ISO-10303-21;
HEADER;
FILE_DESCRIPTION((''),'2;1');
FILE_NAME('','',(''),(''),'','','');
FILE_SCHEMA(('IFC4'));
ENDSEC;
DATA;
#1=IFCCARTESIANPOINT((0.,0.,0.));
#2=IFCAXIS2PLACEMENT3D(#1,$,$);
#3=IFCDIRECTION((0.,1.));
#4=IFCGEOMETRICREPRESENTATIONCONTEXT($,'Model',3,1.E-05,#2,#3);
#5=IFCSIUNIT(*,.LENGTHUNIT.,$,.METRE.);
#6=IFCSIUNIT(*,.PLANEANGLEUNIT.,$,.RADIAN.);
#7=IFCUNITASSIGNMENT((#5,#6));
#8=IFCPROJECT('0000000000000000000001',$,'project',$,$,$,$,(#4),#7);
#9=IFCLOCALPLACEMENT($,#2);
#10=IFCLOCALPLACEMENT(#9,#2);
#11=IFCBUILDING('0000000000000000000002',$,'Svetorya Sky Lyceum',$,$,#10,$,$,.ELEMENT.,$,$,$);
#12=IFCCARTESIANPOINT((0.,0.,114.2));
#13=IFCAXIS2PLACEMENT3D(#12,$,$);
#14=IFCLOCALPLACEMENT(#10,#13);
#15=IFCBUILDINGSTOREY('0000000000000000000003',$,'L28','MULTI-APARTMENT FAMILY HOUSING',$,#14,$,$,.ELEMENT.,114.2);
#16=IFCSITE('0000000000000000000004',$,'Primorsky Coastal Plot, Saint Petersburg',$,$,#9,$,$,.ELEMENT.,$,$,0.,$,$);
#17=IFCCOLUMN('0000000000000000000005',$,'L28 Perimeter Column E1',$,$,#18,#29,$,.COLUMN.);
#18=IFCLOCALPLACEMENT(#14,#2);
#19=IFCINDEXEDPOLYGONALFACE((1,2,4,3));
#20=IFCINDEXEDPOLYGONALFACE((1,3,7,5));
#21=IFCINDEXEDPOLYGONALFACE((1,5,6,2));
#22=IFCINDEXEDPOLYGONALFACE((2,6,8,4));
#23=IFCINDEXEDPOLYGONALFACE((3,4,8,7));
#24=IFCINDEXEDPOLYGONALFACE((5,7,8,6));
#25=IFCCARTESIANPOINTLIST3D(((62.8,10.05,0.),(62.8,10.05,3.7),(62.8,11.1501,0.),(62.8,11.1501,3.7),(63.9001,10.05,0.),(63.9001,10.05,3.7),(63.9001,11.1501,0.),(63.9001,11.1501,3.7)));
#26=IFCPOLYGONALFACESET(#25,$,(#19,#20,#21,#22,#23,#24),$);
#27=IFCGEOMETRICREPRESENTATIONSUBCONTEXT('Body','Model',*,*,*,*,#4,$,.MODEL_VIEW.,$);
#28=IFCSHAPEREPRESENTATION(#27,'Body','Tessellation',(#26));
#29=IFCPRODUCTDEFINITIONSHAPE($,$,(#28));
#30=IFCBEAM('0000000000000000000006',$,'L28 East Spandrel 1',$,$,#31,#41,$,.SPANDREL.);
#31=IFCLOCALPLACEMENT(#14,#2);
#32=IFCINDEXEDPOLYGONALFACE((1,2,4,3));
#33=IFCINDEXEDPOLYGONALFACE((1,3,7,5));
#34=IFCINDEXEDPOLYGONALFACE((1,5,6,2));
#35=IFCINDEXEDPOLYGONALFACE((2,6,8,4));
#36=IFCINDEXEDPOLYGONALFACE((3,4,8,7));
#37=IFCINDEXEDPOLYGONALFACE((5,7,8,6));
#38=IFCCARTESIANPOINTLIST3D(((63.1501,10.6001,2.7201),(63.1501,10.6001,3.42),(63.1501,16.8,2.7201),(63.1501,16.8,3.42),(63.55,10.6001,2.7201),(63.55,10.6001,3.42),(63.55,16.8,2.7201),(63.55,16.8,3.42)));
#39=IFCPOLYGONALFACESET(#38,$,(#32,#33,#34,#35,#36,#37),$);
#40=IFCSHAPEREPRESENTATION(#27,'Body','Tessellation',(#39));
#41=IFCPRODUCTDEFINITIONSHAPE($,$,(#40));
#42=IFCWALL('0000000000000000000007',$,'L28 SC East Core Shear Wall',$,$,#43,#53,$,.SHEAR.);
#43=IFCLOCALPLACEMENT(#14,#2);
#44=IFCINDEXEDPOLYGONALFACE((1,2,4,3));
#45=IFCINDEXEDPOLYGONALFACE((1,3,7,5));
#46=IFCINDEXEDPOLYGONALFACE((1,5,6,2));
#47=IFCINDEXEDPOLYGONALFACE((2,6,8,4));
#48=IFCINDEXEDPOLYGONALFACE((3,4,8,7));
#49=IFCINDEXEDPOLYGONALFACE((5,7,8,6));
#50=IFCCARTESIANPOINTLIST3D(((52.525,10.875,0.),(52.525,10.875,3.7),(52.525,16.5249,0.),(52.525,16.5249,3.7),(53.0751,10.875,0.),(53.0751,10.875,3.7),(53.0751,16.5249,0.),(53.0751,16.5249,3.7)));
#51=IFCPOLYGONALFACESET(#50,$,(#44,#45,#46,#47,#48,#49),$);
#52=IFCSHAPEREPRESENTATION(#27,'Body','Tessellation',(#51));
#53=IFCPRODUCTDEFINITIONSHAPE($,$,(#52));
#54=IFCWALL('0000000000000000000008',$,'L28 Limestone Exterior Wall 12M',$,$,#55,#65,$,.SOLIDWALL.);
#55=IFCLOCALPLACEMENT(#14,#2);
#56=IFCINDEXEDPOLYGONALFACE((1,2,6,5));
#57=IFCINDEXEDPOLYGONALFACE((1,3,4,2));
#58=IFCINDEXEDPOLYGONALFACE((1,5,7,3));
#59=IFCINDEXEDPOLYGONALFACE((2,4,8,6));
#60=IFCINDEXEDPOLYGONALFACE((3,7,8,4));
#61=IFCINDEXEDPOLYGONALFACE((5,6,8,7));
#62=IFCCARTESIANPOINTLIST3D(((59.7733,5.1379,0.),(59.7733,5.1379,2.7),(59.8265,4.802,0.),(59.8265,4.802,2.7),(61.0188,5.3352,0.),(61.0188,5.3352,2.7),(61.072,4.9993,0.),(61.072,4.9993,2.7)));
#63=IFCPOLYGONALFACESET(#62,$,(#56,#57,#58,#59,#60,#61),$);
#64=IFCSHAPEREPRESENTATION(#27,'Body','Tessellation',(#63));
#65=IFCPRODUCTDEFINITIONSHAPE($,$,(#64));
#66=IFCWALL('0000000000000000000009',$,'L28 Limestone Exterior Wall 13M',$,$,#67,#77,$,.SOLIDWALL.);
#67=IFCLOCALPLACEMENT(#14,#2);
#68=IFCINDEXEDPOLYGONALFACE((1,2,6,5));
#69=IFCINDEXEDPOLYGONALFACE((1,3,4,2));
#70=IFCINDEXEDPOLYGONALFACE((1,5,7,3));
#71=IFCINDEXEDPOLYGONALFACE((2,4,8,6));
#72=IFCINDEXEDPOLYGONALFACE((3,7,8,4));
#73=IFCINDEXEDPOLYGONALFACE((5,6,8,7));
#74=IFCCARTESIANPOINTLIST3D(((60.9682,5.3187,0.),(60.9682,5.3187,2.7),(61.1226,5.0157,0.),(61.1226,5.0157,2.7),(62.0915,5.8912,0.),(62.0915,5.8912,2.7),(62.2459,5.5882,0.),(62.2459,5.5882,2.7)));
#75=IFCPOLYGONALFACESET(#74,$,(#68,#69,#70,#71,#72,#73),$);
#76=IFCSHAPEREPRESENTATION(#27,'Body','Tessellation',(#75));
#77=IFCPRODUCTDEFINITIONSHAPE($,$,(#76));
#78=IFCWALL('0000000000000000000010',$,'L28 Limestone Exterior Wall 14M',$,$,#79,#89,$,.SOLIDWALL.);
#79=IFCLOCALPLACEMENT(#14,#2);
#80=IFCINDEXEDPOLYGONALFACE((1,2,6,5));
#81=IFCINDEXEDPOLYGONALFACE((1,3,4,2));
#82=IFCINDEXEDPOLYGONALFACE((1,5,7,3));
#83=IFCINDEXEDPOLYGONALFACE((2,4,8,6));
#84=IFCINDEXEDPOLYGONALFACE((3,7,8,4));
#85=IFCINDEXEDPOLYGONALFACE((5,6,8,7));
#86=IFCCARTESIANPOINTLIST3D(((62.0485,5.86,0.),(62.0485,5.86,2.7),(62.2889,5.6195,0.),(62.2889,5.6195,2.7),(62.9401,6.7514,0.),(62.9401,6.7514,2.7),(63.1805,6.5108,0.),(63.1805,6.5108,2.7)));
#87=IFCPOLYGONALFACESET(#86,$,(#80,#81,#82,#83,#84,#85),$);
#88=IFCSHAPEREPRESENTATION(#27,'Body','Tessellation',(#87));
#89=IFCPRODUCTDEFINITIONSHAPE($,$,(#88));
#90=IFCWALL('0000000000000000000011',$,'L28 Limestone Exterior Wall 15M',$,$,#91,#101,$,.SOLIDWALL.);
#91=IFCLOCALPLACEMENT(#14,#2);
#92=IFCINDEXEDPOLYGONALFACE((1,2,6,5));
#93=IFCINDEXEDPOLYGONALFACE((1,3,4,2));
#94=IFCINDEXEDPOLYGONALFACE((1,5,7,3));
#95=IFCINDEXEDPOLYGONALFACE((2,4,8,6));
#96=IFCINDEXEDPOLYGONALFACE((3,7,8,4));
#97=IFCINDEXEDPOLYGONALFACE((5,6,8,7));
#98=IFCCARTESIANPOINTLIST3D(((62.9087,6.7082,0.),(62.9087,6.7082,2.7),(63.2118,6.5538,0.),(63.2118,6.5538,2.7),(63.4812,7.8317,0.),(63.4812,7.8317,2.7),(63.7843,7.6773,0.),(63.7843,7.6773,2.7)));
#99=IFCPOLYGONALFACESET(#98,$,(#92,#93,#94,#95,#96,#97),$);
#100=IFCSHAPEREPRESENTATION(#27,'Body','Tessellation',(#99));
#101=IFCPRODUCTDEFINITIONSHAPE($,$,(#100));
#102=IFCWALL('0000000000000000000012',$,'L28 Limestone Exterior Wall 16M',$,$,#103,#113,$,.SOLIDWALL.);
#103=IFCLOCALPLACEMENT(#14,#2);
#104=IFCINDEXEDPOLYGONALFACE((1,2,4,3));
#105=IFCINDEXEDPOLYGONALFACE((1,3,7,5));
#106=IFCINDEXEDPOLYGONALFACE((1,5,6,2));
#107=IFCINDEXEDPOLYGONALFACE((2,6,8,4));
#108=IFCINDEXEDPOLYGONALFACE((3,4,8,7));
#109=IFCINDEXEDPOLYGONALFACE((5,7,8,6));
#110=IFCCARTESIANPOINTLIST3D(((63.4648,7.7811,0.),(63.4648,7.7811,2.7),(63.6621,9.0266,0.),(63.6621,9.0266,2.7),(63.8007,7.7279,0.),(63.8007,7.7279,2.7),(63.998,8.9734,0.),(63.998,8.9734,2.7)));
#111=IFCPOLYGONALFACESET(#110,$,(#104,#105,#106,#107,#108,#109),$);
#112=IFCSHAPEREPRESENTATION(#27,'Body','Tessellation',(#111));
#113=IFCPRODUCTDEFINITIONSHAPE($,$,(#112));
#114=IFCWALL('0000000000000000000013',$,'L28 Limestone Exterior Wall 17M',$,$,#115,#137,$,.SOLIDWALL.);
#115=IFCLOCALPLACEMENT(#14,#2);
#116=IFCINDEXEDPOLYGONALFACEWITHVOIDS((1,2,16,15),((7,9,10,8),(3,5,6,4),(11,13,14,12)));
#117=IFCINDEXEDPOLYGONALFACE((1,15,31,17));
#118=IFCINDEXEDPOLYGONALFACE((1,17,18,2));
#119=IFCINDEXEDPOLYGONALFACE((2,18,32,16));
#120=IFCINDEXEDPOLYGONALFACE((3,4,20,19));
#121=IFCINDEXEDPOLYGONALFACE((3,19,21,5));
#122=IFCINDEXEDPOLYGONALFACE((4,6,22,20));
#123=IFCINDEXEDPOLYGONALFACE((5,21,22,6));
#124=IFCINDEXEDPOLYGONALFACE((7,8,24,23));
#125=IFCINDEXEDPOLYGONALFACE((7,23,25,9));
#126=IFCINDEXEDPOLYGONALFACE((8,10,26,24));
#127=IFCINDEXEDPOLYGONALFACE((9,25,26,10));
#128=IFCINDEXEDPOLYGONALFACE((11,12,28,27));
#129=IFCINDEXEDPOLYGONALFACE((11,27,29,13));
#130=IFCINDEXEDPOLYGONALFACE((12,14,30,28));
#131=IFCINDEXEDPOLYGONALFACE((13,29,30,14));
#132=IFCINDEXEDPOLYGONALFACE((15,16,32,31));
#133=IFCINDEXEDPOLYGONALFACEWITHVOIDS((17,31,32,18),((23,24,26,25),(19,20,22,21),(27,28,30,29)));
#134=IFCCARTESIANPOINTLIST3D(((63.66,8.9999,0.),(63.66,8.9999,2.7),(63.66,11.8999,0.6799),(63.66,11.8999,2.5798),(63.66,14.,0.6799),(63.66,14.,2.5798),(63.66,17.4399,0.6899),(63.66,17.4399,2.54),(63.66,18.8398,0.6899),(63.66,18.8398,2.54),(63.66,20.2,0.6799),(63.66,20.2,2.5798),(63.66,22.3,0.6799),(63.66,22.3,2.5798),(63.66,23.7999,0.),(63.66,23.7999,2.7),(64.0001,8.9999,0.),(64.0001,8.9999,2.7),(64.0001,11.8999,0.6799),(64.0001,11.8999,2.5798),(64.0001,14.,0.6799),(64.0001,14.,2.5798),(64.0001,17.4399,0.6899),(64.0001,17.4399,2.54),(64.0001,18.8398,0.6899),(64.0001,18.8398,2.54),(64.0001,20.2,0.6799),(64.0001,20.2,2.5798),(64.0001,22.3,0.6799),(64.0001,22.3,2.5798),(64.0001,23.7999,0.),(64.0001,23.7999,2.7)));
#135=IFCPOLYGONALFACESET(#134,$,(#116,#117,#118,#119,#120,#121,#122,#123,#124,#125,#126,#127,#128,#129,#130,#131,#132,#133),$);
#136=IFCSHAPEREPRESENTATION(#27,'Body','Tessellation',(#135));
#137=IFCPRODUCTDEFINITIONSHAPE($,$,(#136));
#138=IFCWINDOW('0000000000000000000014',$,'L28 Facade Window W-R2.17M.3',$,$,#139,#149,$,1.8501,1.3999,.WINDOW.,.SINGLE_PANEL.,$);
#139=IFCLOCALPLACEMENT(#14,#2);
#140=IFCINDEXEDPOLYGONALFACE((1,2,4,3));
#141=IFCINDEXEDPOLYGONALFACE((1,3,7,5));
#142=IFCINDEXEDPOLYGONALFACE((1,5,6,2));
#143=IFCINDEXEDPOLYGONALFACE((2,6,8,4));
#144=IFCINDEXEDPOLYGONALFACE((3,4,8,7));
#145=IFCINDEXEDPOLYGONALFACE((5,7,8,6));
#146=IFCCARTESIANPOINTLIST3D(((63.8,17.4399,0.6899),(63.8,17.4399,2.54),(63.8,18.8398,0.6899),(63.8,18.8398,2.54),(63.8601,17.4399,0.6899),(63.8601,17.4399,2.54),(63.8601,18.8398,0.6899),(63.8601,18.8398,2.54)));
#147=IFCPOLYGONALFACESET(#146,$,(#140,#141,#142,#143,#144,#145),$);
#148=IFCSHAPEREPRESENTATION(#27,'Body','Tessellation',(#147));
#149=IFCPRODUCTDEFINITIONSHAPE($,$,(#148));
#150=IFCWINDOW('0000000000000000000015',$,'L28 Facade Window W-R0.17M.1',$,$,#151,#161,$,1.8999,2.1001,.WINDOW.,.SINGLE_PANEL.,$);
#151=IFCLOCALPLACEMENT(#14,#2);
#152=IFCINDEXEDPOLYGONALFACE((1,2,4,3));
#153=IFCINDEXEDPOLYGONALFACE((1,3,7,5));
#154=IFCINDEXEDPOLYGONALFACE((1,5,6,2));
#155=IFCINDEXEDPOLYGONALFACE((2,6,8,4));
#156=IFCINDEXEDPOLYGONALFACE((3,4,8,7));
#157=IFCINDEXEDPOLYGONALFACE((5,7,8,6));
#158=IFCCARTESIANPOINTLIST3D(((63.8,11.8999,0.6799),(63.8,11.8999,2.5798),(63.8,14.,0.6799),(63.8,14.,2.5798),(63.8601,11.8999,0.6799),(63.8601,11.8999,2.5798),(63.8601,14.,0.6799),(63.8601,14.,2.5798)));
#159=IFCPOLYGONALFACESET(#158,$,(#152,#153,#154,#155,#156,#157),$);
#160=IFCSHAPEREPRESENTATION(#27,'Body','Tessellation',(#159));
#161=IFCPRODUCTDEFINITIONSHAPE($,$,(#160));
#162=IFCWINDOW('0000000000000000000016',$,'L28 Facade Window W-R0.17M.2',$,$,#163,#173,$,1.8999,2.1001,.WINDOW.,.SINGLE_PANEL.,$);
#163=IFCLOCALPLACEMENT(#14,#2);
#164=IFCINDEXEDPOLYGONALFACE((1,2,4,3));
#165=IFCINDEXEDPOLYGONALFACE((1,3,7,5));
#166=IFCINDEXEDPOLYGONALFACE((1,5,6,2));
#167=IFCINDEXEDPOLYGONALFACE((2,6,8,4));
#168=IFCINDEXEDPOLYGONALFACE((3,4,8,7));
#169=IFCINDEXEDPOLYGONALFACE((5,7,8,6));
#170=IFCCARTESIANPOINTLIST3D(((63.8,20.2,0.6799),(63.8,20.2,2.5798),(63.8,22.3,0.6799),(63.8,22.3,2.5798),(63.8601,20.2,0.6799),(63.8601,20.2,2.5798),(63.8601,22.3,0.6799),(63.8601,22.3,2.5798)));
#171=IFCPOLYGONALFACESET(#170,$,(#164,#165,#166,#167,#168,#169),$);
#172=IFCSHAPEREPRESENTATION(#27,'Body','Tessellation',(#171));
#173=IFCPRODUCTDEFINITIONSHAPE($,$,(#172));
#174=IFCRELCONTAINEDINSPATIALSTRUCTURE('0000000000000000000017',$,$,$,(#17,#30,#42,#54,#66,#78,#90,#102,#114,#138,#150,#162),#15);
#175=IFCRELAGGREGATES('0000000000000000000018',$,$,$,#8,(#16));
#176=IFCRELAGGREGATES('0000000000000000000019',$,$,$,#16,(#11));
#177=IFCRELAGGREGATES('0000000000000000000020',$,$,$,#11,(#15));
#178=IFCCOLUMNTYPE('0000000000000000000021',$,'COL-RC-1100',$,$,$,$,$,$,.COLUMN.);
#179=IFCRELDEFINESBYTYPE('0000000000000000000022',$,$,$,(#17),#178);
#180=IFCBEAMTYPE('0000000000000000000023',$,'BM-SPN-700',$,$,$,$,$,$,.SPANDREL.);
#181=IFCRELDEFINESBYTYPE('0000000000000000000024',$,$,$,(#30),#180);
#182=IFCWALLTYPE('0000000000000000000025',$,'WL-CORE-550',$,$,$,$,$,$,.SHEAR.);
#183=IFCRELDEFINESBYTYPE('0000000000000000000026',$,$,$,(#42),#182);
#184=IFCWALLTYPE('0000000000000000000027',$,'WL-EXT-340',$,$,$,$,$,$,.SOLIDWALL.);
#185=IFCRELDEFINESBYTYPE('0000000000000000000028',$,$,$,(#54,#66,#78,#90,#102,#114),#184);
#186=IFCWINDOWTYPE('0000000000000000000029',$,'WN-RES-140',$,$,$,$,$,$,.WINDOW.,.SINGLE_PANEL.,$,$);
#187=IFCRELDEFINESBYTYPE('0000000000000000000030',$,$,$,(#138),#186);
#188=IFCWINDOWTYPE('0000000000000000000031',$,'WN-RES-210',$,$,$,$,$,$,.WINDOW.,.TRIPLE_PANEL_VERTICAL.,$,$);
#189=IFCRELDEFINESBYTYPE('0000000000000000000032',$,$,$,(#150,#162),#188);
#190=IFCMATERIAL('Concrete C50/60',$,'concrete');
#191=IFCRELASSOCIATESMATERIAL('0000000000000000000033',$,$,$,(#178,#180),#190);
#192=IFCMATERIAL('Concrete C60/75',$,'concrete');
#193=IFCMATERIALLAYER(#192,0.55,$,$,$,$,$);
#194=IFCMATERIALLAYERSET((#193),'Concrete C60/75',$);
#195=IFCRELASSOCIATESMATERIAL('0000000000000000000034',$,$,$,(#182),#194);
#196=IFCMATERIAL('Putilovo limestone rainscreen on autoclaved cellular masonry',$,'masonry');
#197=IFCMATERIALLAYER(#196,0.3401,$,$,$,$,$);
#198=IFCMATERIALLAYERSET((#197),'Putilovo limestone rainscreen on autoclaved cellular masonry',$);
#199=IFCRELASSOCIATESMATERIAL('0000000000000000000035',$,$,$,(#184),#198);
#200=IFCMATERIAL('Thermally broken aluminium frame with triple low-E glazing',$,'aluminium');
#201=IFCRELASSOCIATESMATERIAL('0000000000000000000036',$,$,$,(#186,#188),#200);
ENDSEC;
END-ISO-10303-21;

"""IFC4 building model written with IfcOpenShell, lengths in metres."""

from ifc_helpers import new_model, si_unit, direction, frame, frame_2d, origin, origin_2d, place, context, subcontext, project, spatial, rectangle, extrude, material, layer, layer_set, material_profile, profile_set, type_object, element, fill, save


model = new_model("IFC4")

# Units and contexts
model_context = context("Model", 3, precision=1e-05, world=origin(), true_north=direction((0.0, 1.0)))
body_context = subcontext(model_context, "Body", "Model", "MODEL_VIEW")
ifc_project = project(units=[si_unit("LENGTHUNIT", "METRE"), si_unit("PLANEANGLEUNIT", "RADIAN")], contexts=[model_context])

# Site, building, storey
site_placement = place(None, origin())
site = spatial("IfcSite", under=ifc_project, at=site_placement, Name="Primorsky Coastal Plot, Saint Petersburg", CompositionType="ELEMENT", RefElevation=0.0)
building_placement = place(site_placement, origin())
building = spatial("IfcBuilding", under=site, at=building_placement, Name="Svetorya Sky Lyceum", CompositionType="ELEMENT")
storey_placement = place(building_placement, frame((0.0, 0.0, 114.2)))
storey = spatial("IfcBuildingStorey", under=building, at=storey_placement, Name="L28", Description="MULTI-APARTMENT FAMILY HOUSING", CompositionType="ELEMENT", Elevation=114.2)

# Column
ifc_material_1 = material(Name="Concrete C50/60", Category="concrete")
ifc_material_profile_1 = material_profile(ifc_material_1, rectangle(XDim=1.1001, YDim=1.1001, at=origin_2d()), Name="RC COL 1100x1100")
ifc_profile_set_1 = profile_set([ifc_material_profile_1], Name="Concrete C50/60")
column_type = type_object("IfcColumnType", Name="COL-RC-1100", PredefinedType="COLUMN", material=ifc_profile_set_1)
column_placement = place(storey_placement, frame((63.3501, 10.6001, 0.0), z_axis=(0.0, 0.0, 1.0), x_axis=(1.0, 0.0, 0.0)))
element("IfcColumn", 1, at=column_placement, inside=storey, type_object=column_type, Name="L28 Perimeter Column E1", PredefinedType="COLUMN", context=body_context, shape_type="SweptSolid", body=[
    extrude(rectangle(XDim=1.1001, YDim=1.1001, at=origin_2d()), origin(), (0.0, 0.0, 1.0), 3.7),
])

# Beam
ifc_material_profile_2 = material_profile(ifc_material_1, rectangle(XDim=0.3999, YDim=0.7, at=origin_2d()), Name="RC SPANDREL 400x700")
ifc_profile_set_2 = profile_set([ifc_material_profile_2], Name="Concrete C50/60")
beam_type = type_object("IfcBeamType", Name="BM-SPN-700", PredefinedType="SPANDREL", material=ifc_profile_set_2)
beam_placement = place(storey_placement, frame((63.3501, 10.6001, 3.0701), z_axis=(0.0, 1.0, 0.0), x_axis=(-1.0, 0.0, 0.0)))
element("IfcBeam", 2, at=beam_placement, inside=storey, type_object=beam_type, Name="L28 East Spandrel 1", PredefinedType="SPANDREL", context=body_context, shape_type="SweptSolid", body=[
    extrude(rectangle(XDim=0.3999, YDim=0.7, at=origin_2d()), origin(), (0.0, 0.0, 1.0), 6.2),
])

# Walls
ifc_material_2 = material(Name="Concrete C60/75", Category="concrete")
ifc_layer_1 = layer(ifc_material_2, 0.55)
ifc_layer_set_1 = layer_set([ifc_layer_1], Name="Concrete C60/75")
wall_type_1 = type_object("IfcWallType", Name="WL-CORE-550", PredefinedType="SHEAR", material=ifc_layer_set_1)
wall_1_placement = place(storey_placement, frame((52.8, 10.875, 0.0), z_axis=(0.0, 0.0, 1.0), x_axis=(0.0, 1.0, 0.0)))
element("IfcWall", 3, at=wall_1_placement, inside=storey, type_object=wall_type_1, Name="L28 SC East Core Shear Wall", PredefinedType="SHEAR", context=body_context, shape_type="SweptSolid", body=[
    extrude(rectangle(XDim=5.6499, YDim=0.55, at=frame_2d((2.825, 0.0))), origin(), (0.0, 0.0, 1.0), 3.7),
])
ifc_material_3 = material(Name="Putilovo limestone rainscreen on autoclaved cellular masonry", Category="masonry")
ifc_layer_2 = layer(ifc_material_3, 0.3401)
ifc_layer_set_2 = layer_set([ifc_layer_2], Name="Putilovo limestone rainscreen on autoclaved cellular masonry")
wall_type_2 = type_object("IfcWallType", Name="WL-EXT-340", PredefinedType="SOLIDWALL", material=ifc_layer_set_2)
wall_2_placement = place(storey_placement, frame((59.8, 4.97, 0.0), z_axis=(0.0, 0.0, 1.0), x_axis=(0.987686, 0.15645, 0.0)))
element("IfcWall", 4, at=wall_2_placement, inside=storey, type_object=wall_type_2, Name="L28 Limestone Exterior Wall 12M", PredefinedType="SOLIDWALL", context=body_context, shape_type="SweptSolid", body=[
    extrude(rectangle(XDim=1.261, YDim=0.3401, at=frame_2d((0.6304, 0.0))), origin(), (0.0, 0.0, 1.0), 2.7),
])
for number, where, z_axis, x_axis, name in (
    (5, (61.0454, 5.1672, 0.0), (0.0, 0.0, 1.0), (0.890954, 0.454094, 0.0), "L28 Limestone Exterior Wall 13M"),
    (6, (62.1687, 5.7397, 0.0), (0.0, 0.0, 1.0), (0.707204, 0.70701, 0.0), "L28 Limestone Exterior Wall 14M"),
):
    element("IfcWall", number, at=place(storey_placement, frame(where, z_axis=z_axis, x_axis=x_axis)), inside=storey, type_object=wall_type_2, Name=name, PredefinedType="SOLIDWALL", context=body_context, shape_type="SweptSolid", body=[
        extrude(rectangle(XDim=1.2607, YDim=0.3401, at=frame_2d((0.6304, 0.0))), origin(), (0.0, 0.0, 1.0), 2.7),
    ])
for number, where, z_axis, x_axis, name in (
    (7, (63.0603, 6.6311, 0.0), (0.0, 0.0, 1.0), (0.454016, 0.890994, 0.0), "L28 Limestone Exterior Wall 15M"),
    (8, (63.6328, 7.7546, 0.0), (0.0, 0.0, 1.0), (0.15645, 0.987686, 0.0), "L28 Limestone Exterior Wall 16M"),
):
    element("IfcWall", number, at=place(storey_placement, frame(where, z_axis=z_axis, x_axis=x_axis)), inside=storey, type_object=wall_type_2, Name=name, PredefinedType="SOLIDWALL", context=body_context, shape_type="SweptSolid", body=[
        extrude(rectangle(XDim=1.261, YDim=0.3401, at=frame_2d((0.6304, 0.0))), origin(), (0.0, 0.0, 1.0), 2.7),
    ])

# Wall, openings, windows
wall_3_placement = place(storey_placement, frame((63.8301, 9.0, 0.0), z_axis=(0.0, 0.0, 1.0), x_axis=(0.0, 1.0, 0.0)))
wall_3 = element("IfcWall", 9, at=wall_3_placement, inside=storey, type_object=wall_type_2, Name="L28 Limestone Exterior Wall 17M", PredefinedType="SOLIDWALL", context=body_context, shape_type="SweptSolid", body=[
    extrude(rectangle(XDim=14.8, YDim=0.3401, at=frame_2d((7.3999, 0.0))), origin(), (0.0, 0.0, 1.0), 2.7),
])
opening_1_placement = place(wall_3_placement, frame((2.8999, 0.0, 0.6799)))
opening_1 = element("IfcOpeningElement", 10, at=opening_1_placement, cuts=wall_3, PredefinedType="OPENING", context=body_context, shape_type="SweptSolid", body=[
    extrude(rectangle(XDim=2.1001, YDim=1.8999, at=frame_2d((1.05, 0.95))), frame((0.0, 0.1799, 0.0), z_axis=(0.0, -1.0, 0.0), x_axis=(1.0, 0.0, 0.0)), (0.0, 0.0, 1.0), 0.3601),
])
opening_2_placement = place(wall_3_placement, frame((8.4399, 0.0, 0.6899)))
opening_2 = element("IfcOpeningElement", 11, at=opening_2_placement, cuts=wall_3, PredefinedType="OPENING", context=body_context, shape_type="SweptSolid", body=[
    extrude(rectangle(XDim=1.3999, YDim=1.8501, at=frame_2d((0.7, 0.925))), frame((0.0, 0.1799, 0.0), z_axis=(0.0, -1.0, 0.0), x_axis=(1.0, 0.0, 0.0)), (0.0, 0.0, 1.0), 0.3601),
])
opening_3_placement = place(wall_3_placement, frame((11.2, 0.0, 0.6799)))
opening_3 = element("IfcOpeningElement", 12, at=opening_3_placement, cuts=wall_3, PredefinedType="OPENING", context=body_context, shape_type="SweptSolid", body=[
    extrude(rectangle(XDim=2.1001, YDim=1.8999, at=frame_2d((1.05, 0.95))), frame((0.0, 0.1799, 0.0), z_axis=(0.0, -1.0, 0.0), x_axis=(1.0, 0.0, 0.0)), (0.0, 0.0, 1.0), 0.3601),
])
ifc_material_4 = material(Name="Thermally broken aluminium frame with triple low-E glazing", Category="aluminium")
window_type_1 = type_object("IfcWindowType", Name="WN-RES-140", PartitioningType="SINGLE_PANEL", PredefinedType="WINDOW", material=ifc_material_4)
window_1_placement = place(opening_2_placement, origin())
window_1 = element("IfcWindow", 13, at=window_1_placement, inside=storey, type_object=window_type_1, Name="L28 Facade Window W-R2.17M.3", OverallHeight=1.8501, OverallWidth=1.3999, PartitioningType="SINGLE_PANEL", PredefinedType="WINDOW", context=body_context, shape_type="SweptSolid", body=[
    extrude(rectangle(XDim=1.3999, YDim=1.8501, at=frame_2d((0.7, 0.925))), frame((0.0, 0.03, 0.0), z_axis=(0.0, -1.0, 0.0), x_axis=(1.0, 0.0, 0.0)), (0.0, 0.0, 1.0), 0.0601),
])
fill(opening_2, window_1)
window_type_2 = type_object("IfcWindowType", Name="WN-RES-210", PartitioningType="TRIPLE_PANEL_VERTICAL", PredefinedType="WINDOW", material=ifc_material_4)
window_2_placement = place(opening_1_placement, origin())
window_2 = element("IfcWindow", 14, at=window_2_placement, inside=storey, type_object=window_type_2, Name="L28 Facade Window W-R0.17M.1", OverallHeight=1.8999, OverallWidth=2.1001, PartitioningType="SINGLE_PANEL", PredefinedType="WINDOW", context=body_context, shape_type="SweptSolid", body=[
    extrude(rectangle(XDim=2.1001, YDim=1.8999, at=frame_2d((1.05, 0.95))), frame((0.0, 0.03, 0.0), z_axis=(0.0, -1.0, 0.0), x_axis=(1.0, 0.0, 0.0)), (0.0, 0.0, 1.0), 0.0601),
])
fill(opening_1, window_2)
window_3_placement = place(opening_3_placement, origin())
window_3 = element("IfcWindow", 15, at=window_3_placement, inside=storey, type_object=window_type_2, Name="L28 Facade Window W-R0.17M.2", OverallHeight=1.8999, OverallWidth=2.1001, PartitioningType="SINGLE_PANEL", PredefinedType="WINDOW", context=body_context, shape_type="SweptSolid", body=[
    extrude(rectangle(XDim=2.1001, YDim=1.8999, at=frame_2d((1.05, 0.95))), frame((0.0, 0.03, 0.0), z_axis=(0.0, -1.0, 0.0), x_axis=(1.0, 0.0, 0.0)), (0.0, 0.0, 1.0), 0.0601),
])
fill(opening_3, window_3)

save(model, "model.ifc")
